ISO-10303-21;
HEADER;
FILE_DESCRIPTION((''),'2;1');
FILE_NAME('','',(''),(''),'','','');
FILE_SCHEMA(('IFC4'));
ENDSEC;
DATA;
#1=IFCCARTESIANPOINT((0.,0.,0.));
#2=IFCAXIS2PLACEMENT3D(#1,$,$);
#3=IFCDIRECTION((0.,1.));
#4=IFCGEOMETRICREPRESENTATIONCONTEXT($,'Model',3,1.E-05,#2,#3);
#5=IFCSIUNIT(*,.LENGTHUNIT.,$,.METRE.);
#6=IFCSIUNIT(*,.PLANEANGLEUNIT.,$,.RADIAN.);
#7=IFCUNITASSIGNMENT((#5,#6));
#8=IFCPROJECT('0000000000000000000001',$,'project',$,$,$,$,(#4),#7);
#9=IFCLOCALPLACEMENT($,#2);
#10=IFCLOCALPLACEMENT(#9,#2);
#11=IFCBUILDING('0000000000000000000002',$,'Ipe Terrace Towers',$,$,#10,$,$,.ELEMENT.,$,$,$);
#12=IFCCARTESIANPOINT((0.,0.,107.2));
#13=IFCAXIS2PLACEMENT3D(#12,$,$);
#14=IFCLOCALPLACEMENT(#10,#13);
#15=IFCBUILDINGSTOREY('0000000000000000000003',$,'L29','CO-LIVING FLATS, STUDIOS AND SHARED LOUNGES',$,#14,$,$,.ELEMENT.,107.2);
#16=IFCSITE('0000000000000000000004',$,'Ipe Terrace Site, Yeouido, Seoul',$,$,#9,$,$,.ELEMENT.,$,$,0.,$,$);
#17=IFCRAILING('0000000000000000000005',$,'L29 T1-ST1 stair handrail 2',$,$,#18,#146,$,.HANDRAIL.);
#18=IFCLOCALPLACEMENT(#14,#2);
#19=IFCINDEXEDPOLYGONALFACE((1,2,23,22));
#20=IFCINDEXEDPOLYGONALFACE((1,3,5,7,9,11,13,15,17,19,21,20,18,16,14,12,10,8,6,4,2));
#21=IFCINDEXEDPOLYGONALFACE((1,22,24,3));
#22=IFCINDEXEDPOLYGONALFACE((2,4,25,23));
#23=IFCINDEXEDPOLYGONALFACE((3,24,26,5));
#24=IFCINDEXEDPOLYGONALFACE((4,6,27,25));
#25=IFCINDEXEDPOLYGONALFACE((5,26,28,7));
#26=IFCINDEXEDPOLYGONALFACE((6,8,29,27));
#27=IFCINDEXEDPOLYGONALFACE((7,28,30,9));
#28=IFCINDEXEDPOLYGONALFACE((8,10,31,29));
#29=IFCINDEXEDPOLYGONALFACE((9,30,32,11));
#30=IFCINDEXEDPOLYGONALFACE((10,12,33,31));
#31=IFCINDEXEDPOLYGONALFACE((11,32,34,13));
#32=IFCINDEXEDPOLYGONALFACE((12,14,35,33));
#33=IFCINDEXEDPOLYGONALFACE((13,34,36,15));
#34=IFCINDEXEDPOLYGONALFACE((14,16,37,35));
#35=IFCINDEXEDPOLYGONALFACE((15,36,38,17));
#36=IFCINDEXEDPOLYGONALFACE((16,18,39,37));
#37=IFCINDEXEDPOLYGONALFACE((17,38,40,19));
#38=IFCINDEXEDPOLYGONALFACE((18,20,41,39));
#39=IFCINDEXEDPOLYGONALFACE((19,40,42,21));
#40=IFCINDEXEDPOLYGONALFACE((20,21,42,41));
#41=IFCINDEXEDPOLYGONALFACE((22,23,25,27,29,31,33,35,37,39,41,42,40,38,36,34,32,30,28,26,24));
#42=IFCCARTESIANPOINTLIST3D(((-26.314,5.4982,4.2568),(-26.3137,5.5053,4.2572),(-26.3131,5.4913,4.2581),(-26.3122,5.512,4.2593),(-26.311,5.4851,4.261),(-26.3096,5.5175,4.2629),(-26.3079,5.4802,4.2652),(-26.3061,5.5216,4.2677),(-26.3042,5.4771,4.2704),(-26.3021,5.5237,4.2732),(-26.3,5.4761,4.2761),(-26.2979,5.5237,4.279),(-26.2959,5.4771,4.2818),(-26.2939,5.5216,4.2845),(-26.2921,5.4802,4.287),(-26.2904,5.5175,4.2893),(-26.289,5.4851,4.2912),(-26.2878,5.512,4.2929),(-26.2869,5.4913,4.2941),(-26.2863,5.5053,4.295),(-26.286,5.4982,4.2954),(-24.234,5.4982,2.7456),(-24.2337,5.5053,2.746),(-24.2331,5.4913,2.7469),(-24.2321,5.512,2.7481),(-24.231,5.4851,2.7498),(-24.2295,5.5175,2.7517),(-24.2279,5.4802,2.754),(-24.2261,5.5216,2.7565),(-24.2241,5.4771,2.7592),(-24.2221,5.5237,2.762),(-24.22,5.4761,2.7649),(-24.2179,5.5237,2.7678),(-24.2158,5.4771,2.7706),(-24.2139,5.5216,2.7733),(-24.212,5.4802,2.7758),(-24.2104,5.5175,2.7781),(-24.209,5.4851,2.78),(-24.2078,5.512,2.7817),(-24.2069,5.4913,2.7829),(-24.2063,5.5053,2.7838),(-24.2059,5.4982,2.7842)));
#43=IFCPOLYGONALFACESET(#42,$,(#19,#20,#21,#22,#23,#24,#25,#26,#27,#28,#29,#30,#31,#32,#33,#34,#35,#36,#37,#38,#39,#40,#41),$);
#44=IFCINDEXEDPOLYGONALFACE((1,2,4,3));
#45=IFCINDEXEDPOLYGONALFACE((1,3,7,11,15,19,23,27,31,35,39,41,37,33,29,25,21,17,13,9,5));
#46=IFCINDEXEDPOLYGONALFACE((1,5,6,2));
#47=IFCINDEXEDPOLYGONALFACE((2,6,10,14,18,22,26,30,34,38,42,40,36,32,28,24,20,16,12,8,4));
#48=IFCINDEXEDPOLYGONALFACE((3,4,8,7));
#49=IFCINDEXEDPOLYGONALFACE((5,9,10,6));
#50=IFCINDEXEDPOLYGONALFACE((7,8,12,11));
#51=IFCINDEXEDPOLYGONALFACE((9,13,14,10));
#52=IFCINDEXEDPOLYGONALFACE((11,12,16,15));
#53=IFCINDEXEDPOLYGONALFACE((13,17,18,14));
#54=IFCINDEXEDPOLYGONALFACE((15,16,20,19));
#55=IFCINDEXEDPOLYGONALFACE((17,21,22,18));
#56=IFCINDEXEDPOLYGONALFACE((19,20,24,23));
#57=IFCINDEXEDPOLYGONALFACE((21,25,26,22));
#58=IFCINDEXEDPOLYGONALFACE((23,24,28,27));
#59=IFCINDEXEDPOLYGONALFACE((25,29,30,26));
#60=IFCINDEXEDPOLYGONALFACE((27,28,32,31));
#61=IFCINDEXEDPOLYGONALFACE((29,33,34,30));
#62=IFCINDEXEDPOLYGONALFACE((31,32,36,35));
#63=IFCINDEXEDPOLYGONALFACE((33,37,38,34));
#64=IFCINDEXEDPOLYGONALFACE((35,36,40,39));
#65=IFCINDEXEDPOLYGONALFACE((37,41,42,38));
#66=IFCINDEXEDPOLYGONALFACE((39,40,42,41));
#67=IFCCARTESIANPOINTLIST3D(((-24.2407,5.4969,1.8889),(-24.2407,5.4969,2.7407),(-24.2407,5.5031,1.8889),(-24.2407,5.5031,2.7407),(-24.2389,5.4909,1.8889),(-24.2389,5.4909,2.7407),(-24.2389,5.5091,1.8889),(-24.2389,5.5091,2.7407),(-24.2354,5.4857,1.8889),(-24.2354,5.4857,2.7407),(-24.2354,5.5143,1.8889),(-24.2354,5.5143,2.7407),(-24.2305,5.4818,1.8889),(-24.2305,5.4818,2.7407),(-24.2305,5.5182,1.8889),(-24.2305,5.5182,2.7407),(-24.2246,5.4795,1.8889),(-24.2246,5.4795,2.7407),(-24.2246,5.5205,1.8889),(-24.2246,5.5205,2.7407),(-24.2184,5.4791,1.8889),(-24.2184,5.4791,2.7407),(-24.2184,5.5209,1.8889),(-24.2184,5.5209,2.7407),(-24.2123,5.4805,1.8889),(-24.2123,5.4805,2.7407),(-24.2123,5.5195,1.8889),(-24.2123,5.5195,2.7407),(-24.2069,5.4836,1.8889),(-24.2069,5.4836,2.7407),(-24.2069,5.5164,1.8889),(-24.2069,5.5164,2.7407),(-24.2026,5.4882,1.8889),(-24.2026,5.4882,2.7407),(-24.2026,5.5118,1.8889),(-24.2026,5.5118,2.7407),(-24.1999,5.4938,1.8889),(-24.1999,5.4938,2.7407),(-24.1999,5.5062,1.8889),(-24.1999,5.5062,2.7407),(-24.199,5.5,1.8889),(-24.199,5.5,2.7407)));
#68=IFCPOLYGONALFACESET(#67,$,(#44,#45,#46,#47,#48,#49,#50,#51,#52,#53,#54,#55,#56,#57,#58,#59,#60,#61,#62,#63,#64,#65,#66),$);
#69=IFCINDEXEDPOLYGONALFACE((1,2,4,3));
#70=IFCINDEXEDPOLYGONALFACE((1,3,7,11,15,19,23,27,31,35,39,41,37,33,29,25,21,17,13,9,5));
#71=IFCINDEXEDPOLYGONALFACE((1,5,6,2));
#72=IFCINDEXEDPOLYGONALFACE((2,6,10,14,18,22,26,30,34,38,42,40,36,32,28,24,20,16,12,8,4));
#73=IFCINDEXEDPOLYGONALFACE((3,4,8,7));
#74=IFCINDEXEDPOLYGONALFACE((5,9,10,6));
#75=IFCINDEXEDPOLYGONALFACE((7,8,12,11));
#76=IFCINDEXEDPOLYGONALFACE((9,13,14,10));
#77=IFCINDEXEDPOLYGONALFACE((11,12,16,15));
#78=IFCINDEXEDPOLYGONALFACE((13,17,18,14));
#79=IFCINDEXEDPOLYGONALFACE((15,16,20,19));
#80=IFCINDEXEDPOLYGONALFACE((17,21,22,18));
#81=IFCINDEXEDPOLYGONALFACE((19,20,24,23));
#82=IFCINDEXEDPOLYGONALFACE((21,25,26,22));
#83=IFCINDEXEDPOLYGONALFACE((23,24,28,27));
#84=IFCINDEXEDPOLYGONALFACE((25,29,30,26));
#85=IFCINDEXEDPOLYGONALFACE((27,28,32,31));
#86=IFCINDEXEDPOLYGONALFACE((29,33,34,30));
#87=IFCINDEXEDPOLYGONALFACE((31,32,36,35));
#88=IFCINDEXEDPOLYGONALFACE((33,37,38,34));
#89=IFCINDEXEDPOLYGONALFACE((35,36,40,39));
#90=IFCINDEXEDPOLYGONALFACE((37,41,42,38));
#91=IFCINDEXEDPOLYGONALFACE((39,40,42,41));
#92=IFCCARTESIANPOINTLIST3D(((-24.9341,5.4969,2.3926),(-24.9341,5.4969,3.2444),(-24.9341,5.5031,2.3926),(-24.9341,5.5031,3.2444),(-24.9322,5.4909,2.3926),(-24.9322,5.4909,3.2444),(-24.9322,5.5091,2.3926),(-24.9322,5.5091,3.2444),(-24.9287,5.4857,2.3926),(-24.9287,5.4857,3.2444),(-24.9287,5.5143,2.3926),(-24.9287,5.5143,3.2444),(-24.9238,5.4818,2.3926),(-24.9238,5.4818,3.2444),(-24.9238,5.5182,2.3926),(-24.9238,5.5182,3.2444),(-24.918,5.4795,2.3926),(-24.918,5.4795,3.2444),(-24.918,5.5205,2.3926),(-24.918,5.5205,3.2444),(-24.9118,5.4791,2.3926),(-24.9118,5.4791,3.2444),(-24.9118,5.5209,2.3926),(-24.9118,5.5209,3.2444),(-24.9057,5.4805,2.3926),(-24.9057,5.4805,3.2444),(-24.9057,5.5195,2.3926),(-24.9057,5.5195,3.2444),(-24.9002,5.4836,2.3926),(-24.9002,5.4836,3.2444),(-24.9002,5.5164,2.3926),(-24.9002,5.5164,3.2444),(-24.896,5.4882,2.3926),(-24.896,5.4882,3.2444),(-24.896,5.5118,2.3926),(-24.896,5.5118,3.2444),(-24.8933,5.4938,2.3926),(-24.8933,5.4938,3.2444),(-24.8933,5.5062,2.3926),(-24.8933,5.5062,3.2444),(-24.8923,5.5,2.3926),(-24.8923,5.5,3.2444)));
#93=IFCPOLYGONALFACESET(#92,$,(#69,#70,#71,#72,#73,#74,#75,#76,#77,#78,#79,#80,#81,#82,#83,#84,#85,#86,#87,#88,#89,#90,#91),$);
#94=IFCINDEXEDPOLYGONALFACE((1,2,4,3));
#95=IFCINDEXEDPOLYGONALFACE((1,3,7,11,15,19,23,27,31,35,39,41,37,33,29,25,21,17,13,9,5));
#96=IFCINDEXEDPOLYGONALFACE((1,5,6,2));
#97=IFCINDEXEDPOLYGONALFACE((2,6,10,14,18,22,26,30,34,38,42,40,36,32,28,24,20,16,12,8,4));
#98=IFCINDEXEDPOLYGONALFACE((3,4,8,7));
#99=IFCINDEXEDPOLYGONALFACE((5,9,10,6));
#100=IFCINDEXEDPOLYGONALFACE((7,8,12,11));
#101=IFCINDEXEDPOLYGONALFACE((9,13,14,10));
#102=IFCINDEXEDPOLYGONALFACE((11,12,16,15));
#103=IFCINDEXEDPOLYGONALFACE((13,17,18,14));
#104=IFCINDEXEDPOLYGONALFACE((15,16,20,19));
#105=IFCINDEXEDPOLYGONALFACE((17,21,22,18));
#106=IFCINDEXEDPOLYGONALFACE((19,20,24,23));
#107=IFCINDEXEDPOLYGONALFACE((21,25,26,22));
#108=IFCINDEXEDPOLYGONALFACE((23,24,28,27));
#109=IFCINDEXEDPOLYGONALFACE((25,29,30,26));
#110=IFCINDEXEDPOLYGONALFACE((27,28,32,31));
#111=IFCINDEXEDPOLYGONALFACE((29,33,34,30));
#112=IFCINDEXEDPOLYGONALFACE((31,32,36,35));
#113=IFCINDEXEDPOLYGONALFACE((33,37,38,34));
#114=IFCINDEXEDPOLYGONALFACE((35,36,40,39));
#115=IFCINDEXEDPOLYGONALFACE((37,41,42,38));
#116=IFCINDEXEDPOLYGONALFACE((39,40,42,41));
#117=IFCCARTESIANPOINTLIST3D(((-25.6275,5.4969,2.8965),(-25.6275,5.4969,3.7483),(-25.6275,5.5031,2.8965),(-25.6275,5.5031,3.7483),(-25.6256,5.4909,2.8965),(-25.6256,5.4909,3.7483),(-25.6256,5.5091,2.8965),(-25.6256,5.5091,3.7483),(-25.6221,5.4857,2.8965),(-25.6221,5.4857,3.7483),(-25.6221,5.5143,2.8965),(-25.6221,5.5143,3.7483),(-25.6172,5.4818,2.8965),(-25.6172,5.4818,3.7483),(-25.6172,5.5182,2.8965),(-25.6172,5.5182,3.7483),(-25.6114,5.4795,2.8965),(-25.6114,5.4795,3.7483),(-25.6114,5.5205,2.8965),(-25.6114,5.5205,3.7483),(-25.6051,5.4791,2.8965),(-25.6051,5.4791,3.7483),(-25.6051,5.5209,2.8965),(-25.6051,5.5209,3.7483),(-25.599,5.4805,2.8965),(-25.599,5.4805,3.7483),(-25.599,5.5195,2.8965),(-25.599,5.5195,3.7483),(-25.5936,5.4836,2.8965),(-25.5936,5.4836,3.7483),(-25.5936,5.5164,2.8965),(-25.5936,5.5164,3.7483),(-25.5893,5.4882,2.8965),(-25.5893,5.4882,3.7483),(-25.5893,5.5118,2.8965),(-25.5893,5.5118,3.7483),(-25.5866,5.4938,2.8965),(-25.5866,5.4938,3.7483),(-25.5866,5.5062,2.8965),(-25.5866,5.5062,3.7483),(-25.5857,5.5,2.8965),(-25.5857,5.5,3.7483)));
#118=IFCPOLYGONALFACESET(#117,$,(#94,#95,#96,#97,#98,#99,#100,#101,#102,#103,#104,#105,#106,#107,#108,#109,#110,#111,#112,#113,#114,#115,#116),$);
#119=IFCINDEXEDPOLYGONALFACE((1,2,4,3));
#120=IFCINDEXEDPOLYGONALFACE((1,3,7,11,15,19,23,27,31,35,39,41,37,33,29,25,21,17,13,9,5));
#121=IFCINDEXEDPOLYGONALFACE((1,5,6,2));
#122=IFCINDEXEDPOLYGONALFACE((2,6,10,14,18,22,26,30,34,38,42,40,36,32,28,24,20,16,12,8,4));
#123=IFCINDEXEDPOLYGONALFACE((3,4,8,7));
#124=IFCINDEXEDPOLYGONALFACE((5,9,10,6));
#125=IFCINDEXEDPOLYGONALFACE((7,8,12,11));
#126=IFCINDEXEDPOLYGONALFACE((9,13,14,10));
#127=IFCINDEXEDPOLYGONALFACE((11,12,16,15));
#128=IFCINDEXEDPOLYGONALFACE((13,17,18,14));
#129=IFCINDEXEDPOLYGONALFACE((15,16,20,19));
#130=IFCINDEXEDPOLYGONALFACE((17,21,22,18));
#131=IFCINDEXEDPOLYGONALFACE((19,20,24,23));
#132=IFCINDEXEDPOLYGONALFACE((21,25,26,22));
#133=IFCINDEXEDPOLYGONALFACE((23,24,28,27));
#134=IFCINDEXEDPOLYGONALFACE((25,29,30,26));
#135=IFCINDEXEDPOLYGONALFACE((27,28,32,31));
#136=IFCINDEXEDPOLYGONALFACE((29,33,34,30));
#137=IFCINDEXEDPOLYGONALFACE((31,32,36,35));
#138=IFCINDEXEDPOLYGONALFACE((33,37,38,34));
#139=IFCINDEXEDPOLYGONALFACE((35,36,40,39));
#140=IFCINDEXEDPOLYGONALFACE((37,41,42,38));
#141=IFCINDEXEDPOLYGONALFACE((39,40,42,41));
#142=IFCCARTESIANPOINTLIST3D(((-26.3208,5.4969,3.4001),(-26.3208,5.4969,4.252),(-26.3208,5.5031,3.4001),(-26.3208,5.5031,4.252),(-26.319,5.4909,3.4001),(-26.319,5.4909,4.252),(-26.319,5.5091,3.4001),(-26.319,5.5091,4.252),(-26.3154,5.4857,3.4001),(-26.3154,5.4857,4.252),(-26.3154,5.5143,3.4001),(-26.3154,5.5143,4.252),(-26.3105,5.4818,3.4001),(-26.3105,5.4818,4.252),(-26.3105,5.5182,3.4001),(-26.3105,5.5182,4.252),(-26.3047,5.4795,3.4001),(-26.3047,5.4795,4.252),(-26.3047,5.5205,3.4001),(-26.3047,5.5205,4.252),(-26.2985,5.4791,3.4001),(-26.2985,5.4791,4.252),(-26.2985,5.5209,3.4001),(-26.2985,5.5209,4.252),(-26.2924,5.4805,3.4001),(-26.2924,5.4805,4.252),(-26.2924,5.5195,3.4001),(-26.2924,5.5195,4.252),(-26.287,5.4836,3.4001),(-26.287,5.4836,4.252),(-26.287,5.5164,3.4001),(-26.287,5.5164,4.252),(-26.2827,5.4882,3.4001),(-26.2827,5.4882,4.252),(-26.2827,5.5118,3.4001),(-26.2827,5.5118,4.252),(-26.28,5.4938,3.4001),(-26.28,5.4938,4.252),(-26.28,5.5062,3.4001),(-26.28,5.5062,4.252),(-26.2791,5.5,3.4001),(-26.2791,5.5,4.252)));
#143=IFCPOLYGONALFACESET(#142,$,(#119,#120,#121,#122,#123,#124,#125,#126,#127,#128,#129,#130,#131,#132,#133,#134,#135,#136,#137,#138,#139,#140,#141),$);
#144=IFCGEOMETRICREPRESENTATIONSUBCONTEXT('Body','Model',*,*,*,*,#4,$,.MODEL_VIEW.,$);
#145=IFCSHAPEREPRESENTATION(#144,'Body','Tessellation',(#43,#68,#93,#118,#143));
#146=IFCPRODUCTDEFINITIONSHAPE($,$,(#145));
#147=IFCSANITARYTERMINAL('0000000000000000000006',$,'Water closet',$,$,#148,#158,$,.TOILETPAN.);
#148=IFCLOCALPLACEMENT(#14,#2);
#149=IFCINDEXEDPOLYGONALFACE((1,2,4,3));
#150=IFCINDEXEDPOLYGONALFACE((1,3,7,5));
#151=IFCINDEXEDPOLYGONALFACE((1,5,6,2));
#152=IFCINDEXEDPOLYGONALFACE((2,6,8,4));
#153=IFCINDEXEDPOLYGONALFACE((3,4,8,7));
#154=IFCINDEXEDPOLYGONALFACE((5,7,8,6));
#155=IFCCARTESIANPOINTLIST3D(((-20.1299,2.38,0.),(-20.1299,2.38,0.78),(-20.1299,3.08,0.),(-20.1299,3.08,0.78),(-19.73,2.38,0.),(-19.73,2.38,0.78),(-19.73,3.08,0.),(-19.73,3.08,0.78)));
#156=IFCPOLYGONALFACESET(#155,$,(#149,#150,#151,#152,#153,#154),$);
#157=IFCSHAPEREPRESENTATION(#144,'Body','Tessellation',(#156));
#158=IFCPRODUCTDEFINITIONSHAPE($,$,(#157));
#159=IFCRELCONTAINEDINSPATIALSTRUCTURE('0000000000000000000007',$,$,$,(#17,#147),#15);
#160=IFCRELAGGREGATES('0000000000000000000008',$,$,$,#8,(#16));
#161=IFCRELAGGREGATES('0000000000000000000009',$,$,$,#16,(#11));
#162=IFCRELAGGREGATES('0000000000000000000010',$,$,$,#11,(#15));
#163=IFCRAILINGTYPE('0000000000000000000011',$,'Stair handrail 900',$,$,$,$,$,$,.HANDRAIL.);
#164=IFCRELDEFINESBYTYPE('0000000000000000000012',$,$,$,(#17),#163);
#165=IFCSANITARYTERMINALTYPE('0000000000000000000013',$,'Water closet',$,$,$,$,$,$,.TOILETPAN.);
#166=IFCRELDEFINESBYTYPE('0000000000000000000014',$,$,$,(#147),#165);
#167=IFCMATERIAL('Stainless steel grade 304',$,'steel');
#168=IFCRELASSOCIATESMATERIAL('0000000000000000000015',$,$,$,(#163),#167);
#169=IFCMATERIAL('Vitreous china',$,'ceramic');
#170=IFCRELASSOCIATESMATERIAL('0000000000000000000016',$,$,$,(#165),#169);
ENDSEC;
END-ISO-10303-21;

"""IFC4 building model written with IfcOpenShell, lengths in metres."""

from ifc_helpers import new_model, si_unit, direction, frame, origin, origin_2d, place, context, subcontext, project, spatial, rectangle, circle, extrude, material, type_object, element, save


model = new_model("IFC4")

# Units and contexts
model_context = context("Model", 3, precision=1e-05, world=origin(), true_north=direction((0.0, 1.0)))
body_context = subcontext(model_context, "Body", "Model", "MODEL_VIEW")
ifc_project = project(units=[si_unit("LENGTHUNIT", "METRE"), si_unit("PLANEANGLEUNIT", "RADIAN")], contexts=[model_context])

# Site, building, storey
site_placement = place(None, origin())
site = spatial("IfcSite", under=ifc_project, at=site_placement, Name="Ipe Terrace Site, Yeouido, Seoul", CompositionType="ELEMENT", RefElevation=0.0)
building_placement = place(site_placement, origin())
building = spatial("IfcBuilding", under=site, at=building_placement, Name="Ipe Terrace Towers", CompositionType="ELEMENT")
storey_placement = place(building_placement, frame((0.0, 0.0, 107.2)))
storey = spatial("IfcBuildingStorey", under=building, at=storey_placement, Name="L29", Description="CO-LIVING FLATS, STUDIOS AND SHARED LOUNGES", CompositionType="ELEMENT", Elevation=107.2)

# Railing
ifc_material_1 = material(Name="Stainless steel grade 304", Category="steel")
railing_type_1 = type_object("IfcRailingType", Name="Stair handrail 900", PredefinedType="HANDRAIL", material=ifc_material_1)
railing_1_placement = place(storey_placement, frame((-24.22, 5.5, 1.8889)))
element("IfcRailing", 1, at=railing_1_placement, inside=storey, type_object=railing_type_1, Name="L29 T1-ST1 stair handrail 2", PredefinedType="HANDRAIL", context=body_context, shape_type="SweptSolid", body=[
    extrude(circle(Radius=0.0239, at=origin_2d()), frame((0.0, 0.0, 0.876), z_axis=(-0.809023, 0.0, 0.587776), x_axis=(0.0, -1.0, 0.0)), (0.0, 0.0, 1.0), 2.571),
    extrude(circle(Radius=0.021, at=origin_2d()), origin(), (0.0, 0.0, 1.0), 0.8518),
    extrude(circle(Radius=0.021, at=origin_2d()), frame((-0.6934, 0.0, 0.5037)), (0.0, 0.0, 1.0), 0.8518),
    extrude(circle(Radius=0.021, at=origin_2d()), frame((-1.3867, 0.0, 1.0076)), (0.0, 0.0, 1.0), 0.8518),
    extrude(circle(Radius=0.021, at=origin_2d()), frame((-2.0801, 0.0, 1.5112)), (0.0, 0.0, 1.0), 0.8518),
])

# Sanitary terminal
ifc_material_2 = material(Name="Vitreous china", Category="ceramic")
sanitary_terminal_type = type_object("IfcSanitaryTerminalType", Name="Water closet", PredefinedType="TOILETPAN", material=ifc_material_2)
sanitary_terminal_placement = place(storey_placement, frame((-19.9299, 2.73, 0.0), z_axis=(0.0, 0.0, 1.0), x_axis=(0.0, -1.0, 0.0)))
element("IfcSanitaryTerminal", 2, at=sanitary_terminal_placement, inside=storey, type_object=sanitary_terminal_type, Name="Water closet", PredefinedType="TOILETPAN", context=body_context, shape_type="SweptSolid", body=[
    extrude(rectangle(XDim=0.7, YDim=0.3999, at=origin_2d()), origin(), (0.0, 0.0, 1.0), 0.78),
])

save(model, "model.ifc")
